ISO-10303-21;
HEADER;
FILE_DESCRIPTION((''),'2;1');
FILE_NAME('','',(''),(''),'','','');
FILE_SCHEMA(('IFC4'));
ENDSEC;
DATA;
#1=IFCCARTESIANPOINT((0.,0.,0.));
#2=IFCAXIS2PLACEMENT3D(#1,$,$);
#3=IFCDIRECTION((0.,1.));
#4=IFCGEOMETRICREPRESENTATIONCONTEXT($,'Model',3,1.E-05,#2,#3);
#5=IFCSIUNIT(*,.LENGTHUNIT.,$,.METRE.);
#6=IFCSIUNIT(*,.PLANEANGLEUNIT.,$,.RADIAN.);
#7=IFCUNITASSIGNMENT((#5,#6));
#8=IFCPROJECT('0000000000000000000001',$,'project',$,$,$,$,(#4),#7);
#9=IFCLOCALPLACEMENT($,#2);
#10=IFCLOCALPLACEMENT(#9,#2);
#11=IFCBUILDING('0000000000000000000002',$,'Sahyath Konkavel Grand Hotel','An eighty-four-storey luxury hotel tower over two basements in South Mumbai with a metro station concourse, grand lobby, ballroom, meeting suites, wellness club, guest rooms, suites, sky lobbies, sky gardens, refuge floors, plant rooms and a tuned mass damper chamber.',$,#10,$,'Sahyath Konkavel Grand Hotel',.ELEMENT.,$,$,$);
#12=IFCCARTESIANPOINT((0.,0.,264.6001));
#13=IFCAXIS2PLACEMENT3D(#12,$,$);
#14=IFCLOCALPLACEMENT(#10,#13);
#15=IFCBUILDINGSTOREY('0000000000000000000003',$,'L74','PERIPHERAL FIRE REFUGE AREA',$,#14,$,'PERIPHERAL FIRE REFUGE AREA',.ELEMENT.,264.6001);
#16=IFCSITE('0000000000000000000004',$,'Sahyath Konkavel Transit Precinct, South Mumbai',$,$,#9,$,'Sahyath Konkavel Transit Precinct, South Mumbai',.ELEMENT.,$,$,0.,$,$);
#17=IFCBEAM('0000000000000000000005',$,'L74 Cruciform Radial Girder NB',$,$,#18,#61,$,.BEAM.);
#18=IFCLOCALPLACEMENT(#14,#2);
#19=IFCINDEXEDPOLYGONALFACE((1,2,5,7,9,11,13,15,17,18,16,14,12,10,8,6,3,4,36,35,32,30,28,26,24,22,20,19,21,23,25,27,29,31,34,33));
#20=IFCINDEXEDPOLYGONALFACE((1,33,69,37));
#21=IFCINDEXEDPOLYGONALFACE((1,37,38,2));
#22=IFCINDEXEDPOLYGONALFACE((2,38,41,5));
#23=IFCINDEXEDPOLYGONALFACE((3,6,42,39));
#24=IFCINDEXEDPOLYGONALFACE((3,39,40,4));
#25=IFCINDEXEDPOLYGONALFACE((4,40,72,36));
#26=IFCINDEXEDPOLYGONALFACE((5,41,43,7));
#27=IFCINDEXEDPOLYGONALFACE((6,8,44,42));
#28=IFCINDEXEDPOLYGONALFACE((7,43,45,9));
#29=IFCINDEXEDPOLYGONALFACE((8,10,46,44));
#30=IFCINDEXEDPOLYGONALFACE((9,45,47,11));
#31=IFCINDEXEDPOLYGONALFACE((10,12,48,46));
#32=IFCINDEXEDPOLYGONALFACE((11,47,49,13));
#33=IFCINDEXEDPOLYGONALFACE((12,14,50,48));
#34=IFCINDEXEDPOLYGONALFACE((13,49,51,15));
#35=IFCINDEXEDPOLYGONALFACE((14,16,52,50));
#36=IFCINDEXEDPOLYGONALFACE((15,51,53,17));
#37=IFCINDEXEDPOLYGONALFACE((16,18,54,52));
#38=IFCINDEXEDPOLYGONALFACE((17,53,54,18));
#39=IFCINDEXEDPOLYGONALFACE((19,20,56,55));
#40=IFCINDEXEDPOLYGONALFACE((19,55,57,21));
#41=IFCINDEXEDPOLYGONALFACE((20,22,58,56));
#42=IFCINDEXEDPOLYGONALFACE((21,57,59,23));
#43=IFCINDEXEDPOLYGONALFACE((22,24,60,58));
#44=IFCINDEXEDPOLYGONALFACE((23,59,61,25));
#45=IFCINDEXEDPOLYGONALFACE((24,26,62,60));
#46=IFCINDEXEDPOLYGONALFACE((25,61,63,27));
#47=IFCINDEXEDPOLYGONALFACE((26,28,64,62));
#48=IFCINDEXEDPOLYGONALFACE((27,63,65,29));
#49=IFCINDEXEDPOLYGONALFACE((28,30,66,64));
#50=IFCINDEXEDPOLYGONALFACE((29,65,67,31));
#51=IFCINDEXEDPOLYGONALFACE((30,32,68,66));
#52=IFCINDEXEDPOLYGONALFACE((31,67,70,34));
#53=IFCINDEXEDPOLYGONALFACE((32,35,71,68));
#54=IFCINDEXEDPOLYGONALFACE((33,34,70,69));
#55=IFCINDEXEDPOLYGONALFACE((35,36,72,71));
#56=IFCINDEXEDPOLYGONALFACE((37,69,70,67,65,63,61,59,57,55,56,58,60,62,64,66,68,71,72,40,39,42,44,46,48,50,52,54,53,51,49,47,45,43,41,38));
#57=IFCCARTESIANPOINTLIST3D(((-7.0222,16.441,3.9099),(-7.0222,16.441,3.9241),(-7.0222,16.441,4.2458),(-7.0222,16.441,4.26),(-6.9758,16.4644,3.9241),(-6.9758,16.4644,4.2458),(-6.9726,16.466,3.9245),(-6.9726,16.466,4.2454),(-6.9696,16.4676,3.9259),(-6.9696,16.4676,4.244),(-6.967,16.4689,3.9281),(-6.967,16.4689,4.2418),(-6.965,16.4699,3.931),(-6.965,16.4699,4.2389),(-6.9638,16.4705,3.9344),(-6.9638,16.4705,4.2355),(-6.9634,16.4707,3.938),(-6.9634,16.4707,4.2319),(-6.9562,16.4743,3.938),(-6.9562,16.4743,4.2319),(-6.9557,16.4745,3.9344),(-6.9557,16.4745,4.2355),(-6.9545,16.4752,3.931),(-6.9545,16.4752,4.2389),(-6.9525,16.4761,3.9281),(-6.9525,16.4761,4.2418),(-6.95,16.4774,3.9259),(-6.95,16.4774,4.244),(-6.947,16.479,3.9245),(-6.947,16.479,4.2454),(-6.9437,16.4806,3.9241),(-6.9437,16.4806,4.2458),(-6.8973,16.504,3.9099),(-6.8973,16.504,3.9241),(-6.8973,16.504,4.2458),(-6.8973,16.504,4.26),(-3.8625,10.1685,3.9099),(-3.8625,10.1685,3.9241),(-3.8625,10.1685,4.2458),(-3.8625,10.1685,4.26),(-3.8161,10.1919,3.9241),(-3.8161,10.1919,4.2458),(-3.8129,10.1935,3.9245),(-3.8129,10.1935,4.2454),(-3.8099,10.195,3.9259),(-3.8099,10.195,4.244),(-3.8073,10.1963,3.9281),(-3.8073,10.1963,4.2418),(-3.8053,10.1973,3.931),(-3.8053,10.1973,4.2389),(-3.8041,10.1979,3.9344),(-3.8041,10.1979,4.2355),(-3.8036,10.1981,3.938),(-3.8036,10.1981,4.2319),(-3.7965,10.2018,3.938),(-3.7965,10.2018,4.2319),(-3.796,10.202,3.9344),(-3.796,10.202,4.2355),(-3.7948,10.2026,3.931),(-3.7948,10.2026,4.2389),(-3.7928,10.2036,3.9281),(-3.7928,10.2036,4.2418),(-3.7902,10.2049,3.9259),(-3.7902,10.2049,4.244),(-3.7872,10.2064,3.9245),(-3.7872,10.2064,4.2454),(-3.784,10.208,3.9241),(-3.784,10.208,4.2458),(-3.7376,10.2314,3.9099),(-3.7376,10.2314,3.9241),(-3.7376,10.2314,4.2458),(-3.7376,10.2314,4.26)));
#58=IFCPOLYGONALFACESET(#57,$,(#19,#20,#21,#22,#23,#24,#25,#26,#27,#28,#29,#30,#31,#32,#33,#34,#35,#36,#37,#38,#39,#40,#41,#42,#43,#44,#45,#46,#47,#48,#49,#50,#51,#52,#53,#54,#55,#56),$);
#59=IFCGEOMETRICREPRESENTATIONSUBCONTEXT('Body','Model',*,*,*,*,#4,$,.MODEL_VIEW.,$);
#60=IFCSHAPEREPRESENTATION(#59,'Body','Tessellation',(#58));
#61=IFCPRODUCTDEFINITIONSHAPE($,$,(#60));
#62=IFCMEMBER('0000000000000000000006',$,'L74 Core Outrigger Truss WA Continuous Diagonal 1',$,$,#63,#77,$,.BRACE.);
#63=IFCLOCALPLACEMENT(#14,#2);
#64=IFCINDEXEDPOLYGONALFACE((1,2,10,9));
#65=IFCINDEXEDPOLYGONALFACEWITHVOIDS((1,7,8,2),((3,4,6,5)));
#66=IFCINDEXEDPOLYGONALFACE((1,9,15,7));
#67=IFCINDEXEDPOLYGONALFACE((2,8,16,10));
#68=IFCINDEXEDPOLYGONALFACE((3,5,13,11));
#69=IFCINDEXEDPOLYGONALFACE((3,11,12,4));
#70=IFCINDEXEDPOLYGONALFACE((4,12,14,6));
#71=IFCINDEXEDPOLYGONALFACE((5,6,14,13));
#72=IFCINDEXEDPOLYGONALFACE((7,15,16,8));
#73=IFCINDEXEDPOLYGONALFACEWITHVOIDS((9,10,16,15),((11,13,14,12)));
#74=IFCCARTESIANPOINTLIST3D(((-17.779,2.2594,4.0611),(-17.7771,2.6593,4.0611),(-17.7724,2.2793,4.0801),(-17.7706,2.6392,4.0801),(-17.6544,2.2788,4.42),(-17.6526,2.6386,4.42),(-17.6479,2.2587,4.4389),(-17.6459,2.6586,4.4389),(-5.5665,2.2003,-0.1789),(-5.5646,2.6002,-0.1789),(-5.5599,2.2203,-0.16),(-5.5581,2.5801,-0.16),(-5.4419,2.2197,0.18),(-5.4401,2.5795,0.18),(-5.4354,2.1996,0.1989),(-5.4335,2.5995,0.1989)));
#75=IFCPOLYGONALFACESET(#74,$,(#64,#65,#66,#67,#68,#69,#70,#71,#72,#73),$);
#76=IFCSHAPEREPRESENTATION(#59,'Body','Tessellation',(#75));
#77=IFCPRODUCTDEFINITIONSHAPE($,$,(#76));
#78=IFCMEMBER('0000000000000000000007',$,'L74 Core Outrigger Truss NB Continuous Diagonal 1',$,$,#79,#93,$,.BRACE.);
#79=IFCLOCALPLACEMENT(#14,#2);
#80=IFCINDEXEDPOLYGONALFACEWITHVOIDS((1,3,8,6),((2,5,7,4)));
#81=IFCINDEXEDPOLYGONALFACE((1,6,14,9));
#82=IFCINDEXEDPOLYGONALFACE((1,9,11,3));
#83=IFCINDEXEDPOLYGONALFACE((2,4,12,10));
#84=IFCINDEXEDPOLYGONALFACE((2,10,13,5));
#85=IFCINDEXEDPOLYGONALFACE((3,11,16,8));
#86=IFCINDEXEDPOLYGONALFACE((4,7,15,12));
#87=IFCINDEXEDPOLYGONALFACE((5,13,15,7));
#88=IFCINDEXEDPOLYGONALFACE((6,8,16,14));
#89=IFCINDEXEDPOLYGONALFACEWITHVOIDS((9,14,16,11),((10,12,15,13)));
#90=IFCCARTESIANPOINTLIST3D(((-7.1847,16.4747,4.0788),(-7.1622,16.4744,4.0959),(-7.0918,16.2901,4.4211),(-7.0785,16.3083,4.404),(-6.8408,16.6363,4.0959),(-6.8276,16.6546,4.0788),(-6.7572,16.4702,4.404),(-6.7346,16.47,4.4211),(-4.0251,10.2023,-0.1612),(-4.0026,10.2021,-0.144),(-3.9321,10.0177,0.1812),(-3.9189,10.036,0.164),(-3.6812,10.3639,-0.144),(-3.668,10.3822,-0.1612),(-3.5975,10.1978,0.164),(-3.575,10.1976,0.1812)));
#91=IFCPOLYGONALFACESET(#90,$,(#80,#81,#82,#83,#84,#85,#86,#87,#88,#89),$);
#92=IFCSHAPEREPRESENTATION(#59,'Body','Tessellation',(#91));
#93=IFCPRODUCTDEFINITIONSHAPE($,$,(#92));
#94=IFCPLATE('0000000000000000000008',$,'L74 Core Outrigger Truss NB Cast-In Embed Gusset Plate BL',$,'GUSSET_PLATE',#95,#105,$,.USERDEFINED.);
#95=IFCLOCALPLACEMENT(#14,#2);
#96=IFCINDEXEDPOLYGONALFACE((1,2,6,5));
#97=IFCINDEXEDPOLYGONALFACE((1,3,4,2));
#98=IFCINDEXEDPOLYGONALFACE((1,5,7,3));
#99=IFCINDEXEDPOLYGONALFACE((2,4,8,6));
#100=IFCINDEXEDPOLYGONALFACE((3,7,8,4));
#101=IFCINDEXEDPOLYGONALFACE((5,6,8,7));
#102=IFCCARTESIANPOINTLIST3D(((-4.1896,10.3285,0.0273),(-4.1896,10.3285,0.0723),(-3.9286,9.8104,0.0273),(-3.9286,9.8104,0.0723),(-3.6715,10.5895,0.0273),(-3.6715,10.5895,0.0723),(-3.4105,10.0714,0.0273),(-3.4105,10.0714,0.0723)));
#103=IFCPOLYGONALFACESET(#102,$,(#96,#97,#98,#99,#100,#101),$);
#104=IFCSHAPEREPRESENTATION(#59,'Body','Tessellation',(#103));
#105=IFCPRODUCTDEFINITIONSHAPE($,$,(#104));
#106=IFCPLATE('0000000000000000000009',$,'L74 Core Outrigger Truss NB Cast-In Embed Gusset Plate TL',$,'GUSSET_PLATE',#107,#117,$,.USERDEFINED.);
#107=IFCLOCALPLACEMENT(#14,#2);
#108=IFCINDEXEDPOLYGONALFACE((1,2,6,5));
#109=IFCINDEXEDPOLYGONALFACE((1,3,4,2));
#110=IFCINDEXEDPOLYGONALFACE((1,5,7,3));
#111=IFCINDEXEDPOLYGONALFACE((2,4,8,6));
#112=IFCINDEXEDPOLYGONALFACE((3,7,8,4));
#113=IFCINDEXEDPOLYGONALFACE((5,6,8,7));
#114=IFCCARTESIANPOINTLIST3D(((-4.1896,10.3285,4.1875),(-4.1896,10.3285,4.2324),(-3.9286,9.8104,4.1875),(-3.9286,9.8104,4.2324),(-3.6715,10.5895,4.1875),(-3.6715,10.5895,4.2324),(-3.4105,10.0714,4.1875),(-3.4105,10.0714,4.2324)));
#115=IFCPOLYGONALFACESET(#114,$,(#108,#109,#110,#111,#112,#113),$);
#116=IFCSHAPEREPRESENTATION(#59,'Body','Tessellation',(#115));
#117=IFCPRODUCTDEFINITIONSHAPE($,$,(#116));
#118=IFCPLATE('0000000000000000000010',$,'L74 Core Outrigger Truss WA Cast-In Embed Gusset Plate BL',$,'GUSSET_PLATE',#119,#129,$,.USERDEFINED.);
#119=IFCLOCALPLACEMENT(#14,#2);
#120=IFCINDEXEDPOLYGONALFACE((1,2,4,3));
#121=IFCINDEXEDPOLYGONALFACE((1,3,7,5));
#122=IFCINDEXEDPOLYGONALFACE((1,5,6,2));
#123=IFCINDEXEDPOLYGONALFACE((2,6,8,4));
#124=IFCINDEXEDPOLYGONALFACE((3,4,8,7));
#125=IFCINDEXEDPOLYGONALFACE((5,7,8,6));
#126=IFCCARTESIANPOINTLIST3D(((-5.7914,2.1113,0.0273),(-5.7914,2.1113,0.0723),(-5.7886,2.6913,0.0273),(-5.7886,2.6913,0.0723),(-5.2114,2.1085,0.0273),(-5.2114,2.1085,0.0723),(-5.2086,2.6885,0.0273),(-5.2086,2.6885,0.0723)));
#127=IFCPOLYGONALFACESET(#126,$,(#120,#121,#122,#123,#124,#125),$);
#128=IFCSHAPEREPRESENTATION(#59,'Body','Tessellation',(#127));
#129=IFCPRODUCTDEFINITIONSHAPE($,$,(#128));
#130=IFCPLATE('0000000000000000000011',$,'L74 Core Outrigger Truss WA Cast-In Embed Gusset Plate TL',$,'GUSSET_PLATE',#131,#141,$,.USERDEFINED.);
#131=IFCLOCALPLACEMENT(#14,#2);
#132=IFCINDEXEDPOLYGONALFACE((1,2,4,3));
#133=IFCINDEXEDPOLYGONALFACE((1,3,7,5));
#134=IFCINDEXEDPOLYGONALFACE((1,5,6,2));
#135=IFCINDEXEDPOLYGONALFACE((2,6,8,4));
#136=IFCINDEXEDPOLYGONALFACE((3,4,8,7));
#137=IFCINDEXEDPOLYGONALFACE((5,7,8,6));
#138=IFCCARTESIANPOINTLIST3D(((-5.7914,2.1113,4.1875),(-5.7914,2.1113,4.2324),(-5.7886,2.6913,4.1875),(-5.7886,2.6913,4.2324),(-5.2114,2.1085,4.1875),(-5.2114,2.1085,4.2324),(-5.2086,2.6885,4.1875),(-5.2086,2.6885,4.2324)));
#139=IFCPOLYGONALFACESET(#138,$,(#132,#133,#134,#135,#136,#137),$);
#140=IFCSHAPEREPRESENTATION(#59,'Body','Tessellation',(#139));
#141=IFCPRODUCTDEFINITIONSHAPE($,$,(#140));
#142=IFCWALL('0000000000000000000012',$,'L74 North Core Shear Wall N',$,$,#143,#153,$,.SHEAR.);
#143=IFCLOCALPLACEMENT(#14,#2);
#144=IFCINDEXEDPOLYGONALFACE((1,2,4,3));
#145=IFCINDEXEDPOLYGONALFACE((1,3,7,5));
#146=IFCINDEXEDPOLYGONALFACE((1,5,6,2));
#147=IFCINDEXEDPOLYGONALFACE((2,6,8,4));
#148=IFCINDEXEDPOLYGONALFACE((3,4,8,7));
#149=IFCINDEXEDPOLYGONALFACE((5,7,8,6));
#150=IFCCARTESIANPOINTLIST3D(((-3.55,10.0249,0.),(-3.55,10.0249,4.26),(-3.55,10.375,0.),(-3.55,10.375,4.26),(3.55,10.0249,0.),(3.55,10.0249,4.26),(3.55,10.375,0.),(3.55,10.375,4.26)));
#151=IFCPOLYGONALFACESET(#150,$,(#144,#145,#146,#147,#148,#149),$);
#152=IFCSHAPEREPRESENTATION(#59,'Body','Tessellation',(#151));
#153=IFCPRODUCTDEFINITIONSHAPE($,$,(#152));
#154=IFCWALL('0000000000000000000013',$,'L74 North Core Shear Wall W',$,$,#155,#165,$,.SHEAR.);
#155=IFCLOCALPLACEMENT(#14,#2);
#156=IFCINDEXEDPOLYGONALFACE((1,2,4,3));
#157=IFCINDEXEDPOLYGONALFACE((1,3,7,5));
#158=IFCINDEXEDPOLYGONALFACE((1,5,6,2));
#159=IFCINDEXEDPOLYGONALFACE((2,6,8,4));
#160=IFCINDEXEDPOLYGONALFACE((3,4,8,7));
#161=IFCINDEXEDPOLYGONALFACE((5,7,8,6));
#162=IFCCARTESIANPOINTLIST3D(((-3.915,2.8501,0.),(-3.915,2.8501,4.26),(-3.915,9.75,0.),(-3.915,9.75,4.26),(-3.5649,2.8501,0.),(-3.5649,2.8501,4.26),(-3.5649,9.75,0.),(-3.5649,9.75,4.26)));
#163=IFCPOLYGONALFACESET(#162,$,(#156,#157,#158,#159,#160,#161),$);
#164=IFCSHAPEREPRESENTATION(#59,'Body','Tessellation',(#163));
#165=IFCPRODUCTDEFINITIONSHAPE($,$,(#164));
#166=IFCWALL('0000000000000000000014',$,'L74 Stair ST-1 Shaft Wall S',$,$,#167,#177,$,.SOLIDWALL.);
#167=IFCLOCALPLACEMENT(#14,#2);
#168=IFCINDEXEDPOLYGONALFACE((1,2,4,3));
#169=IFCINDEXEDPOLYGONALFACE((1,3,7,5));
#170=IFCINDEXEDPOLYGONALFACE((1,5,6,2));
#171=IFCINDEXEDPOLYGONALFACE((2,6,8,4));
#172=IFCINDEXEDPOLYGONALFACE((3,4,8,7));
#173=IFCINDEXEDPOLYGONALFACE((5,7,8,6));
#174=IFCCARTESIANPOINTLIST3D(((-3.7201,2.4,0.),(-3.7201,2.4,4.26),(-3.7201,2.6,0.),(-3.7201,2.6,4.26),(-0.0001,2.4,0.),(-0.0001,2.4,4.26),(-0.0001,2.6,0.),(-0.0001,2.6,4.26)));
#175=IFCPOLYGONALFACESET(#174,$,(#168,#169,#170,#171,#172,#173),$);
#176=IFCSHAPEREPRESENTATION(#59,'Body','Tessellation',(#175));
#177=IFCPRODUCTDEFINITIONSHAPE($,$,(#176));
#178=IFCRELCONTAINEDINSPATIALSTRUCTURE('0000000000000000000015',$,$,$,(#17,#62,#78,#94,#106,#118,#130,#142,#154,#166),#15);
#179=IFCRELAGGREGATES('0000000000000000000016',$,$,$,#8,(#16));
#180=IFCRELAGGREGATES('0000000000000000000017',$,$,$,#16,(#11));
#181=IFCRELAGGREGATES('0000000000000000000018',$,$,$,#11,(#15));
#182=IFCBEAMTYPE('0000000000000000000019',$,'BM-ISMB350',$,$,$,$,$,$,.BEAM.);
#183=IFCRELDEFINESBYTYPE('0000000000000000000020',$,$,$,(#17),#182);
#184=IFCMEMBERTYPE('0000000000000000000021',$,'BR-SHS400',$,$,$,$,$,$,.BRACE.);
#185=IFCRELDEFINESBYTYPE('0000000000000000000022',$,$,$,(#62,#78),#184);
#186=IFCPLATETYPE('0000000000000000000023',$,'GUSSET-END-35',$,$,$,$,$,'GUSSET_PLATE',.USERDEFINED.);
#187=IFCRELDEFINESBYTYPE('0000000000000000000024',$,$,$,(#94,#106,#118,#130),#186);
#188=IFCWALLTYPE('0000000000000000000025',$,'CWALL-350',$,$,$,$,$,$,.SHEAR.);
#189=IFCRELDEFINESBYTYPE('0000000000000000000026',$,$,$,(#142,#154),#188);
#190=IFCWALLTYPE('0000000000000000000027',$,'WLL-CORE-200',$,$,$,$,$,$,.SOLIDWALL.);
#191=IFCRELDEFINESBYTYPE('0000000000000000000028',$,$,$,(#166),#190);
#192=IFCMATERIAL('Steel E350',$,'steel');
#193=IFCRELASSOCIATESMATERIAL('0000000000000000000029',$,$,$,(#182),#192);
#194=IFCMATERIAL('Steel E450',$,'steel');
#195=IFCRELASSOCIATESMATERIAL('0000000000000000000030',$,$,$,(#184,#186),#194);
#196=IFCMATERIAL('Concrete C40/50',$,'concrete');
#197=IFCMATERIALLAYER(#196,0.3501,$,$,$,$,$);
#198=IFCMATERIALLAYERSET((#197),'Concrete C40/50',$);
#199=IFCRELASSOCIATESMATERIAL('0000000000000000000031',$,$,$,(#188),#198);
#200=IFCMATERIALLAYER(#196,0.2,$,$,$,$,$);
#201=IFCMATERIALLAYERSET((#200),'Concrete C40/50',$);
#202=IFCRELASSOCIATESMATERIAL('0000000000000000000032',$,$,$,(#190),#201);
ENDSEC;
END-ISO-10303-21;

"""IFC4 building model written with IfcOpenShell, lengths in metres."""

from ifc_helpers import new_model, si_unit, direction, frame, frame_2d, origin, origin_2d, place, context, subcontext, project, spatial, rectangle, hollow_rectangle, i_section, extrude, source, transform, mapped, material, layer, layer_set, material_profile, profile_set, type_object, element, save


model = new_model("IFC4")

# Units and contexts
model_context = context("Model", 3, precision=1e-05, world=origin(), true_north=direction((0.0, 1.0)))
body_context = subcontext(model_context, "Body", "Model", "MODEL_VIEW")
ifc_project = project(units=[si_unit("LENGTHUNIT", "METRE"), si_unit("PLANEANGLEUNIT", "RADIAN")], contexts=[model_context])

# Site, building, storey
site_placement = place(None, origin())
site = spatial("IfcSite", under=ifc_project, at=site_placement, Name="Sahyath Konkavel Transit Precinct, South Mumbai", LongName="Sahyath Konkavel Transit Precinct, South Mumbai", CompositionType="ELEMENT", RefElevation=0.0)
building_placement = place(site_placement, origin())
building = spatial("IfcBuilding", under=site, at=building_placement, Name="Sahyath Konkavel Grand Hotel", Description="An eighty-four-storey luxury hotel tower over two basements in South Mumbai with a metro station concourse, grand lobby, ballroom, meeting suites, wellness club, guest rooms, suites, sky lobbies, sky gardens, refuge floors, plant rooms and a tuned mass damper chamber.", LongName="Sahyath Konkavel Grand Hotel", CompositionType="ELEMENT")
storey_placement = place(building_placement, frame((0.0, 0.0, 264.6001)))
storey = spatial("IfcBuildingStorey", under=building, at=storey_placement, Name="L74", Description="PERIPHERAL FIRE REFUGE AREA", LongName="PERIPHERAL FIRE REFUGE AREA", CompositionType="ELEMENT", Elevation=264.6001)

# Beam
ifc_material_1 = material(Name="Steel E350", Category="steel")
ifc_material_profile_1 = material_profile(ifc_material_1, i_section(OverallWidth=0.1399, OverallDepth=0.3501, WebThickness=0.0081, FlangeThickness=0.0142, FilletRadius=0.0139, at=origin_2d()), Name="ISMB 350")
ifc_profile_set_1 = profile_set([ifc_material_profile_1], Name="Steel E350")
beam_type_1 = type_object("IfcBeamType", Name="BM-ISMB350", PredefinedType="BEAM", material=ifc_profile_set_1)
shared_shape_1 = source(origin(), body_context, "Body", "SweptSolid", [
    extrude(i_section(OverallWidth=0.1399, OverallDepth=0.3501, WebThickness=0.0081, FlangeThickness=0.0142, FilletRadius=0.0139, at=origin_2d()), origin(), (0.0, 0.0, 1.0), 7.0234),
])
beam_1_placement = place(storey_placement, frame((-3.8, 10.2, 4.085), z_axis=(-0.449881, 0.893088, 0.0), x_axis=(-0.893088, -0.449881, 0.0)))
element("IfcBeam", 1, at=beam_1_placement, inside=storey, type_object=beam_type_1, Name="L74 Cruciform Radial Girder NB", PredefinedType="BEAM", context=body_context, shape_type="MappedRepresentation", body=[
    mapped(shared_shape_1, transform((0.0, 0.0, 0.0), scale=1.0)),
])

# Members
ifc_material_2 = material(Name="Steel E450", Category="steel")
ifc_material_profile_2 = material_profile(ifc_material_2, hollow_rectangle(XDim=0.3999, YDim=0.3999, WallThickness=0.02, at=origin_2d()), Name="SHS 400x400x20")
ifc_profile_set_2 = profile_set([ifc_material_profile_2], Name="Steel E450")
member_type = type_object("IfcMemberType", Name="BR-SHS400", PredefinedType="BRACE", material=ifc_profile_set_2)
shared_shape_2 = source(origin(), body_context, "Body", "SweptSolid", [
    extrude(hollow_rectangle(XDim=0.3999, YDim=0.3999, WallThickness=0.02, at=origin_2d()), origin(), (0.0, 0.0, 1.0), 12.9277),
])
member_1_placement = place(storey_placement, frame((-5.5, 2.3999, 0.01), z_axis=(-0.944674, 0.00457, 0.327979), x_axis=(-0.004838, -0.999988, 0.0)))
element("IfcMember", 2, at=member_1_placement, inside=storey, type_object=member_type, Name="L74 Core Outrigger Truss WA Continuous Diagonal 1", PredefinedType="BRACE", context=body_context, shape_type="MappedRepresentation", body=[
    mapped(shared_shape_2, transform((0.0, 0.0, 0.0), scale=1.0)),
])
shared_shape_3 = source(origin(), body_context, "Body", "SweptSolid", [
    extrude(hollow_rectangle(XDim=0.3999, YDim=0.3999, WallThickness=0.02, at=origin_2d()), origin(), (0.0, 0.0, 1.0), 8.2039),
])
member_2_placement = place(storey_placement, frame((-3.8, 10.2, 0.01), z_axis=(-0.38514, 0.764566, 0.516823), x_axis=(-0.893088, -0.449881, 0.0)))
element("IfcMember", 3, at=member_2_placement, inside=storey, type_object=member_type, Name="L74 Core Outrigger Truss NB Continuous Diagonal 1", PredefinedType="BRACE", context=body_context, shape_type="MappedRepresentation", body=[
    mapped(shared_shape_3, transform((0.0, 0.0, 0.0), scale=1.0)),
])

# Plates
plate_type = type_object("IfcPlateType", Name="GUSSET-END-35", ElementType="GUSSET_PLATE", PredefinedType="USERDEFINED", material=ifc_material_2)
shared_shape_4 = source(origin(), body_context, "Body", "SweptSolid", [
    extrude(rectangle(XDim=0.5801, YDim=0.5801, at=origin_2d()), origin(), (0.0, 0.0, 1.0), 0.0449),
])
for number, where, z_axis, x_axis, name in (
    (4, (-3.8, 10.2, 0.0273), (0.0, 0.0, 1.0), (-0.449865, 0.893097, 0.0), "L74 Core Outrigger Truss NB Cast-In Embed Gusset Plate BL"),
    (5, (-3.8, 10.2, 4.1875), (0.0, 0.0, 1.0), (-0.449865, 0.893097, 0.0), "L74 Core Outrigger Truss NB Cast-In Embed Gusset Plate TL"),
    (6, (-5.5, 2.3999, 0.0273), (0.0, 0.0, 1.0), (-0.999988, 0.004835, 0.0), "L74 Core Outrigger Truss WA Cast-In Embed Gusset Plate BL"),
    (7, (-5.5, 2.3999, 4.1875), (0.0, 0.0, 1.0), (-0.999988, 0.004835, 0.0), "L74 Core Outrigger Truss WA Cast-In Embed Gusset Plate TL"),
):
    element("IfcPlate", number, at=place(storey_placement, frame(where, z_axis=z_axis, x_axis=x_axis)), inside=storey, type_object=plate_type, Name=name, ObjectType="GUSSET_PLATE", PredefinedType="USERDEFINED", context=body_context, shape_type="MappedRepresentation", body=[
        mapped(shared_shape_4, transform((0.0, 0.0, 0.0), scale=1.0)),
    ])

# Walls
ifc_material_3 = material(Name="Concrete C40/50", Category="concrete")
ifc_layer_1 = layer(ifc_material_3, 0.3501)
ifc_layer_set_1 = layer_set([ifc_layer_1], Name="Concrete C40/50")
wall_type_1 = type_object("IfcWallType", Name="CWALL-350", PredefinedType="SHEAR", material=ifc_layer_set_1)
wall_1_placement = place(storey_placement, frame((-3.55, 10.2, 0.0), z_axis=(0.0, 0.0, 1.0), x_axis=(1.0, 0.0, 0.0)))
element("IfcWall", 8, at=wall_1_placement, inside=storey, type_object=wall_type_1, Name="L74 North Core Shear Wall N", PredefinedType="SHEAR", context=body_context, shape_type="SweptSolid", body=[
    extrude(rectangle(XDim=7.1001, YDim=0.3501, at=frame_2d((3.55, 0.0))), origin(), (0.0, 0.0, 1.0), 4.26),
])
wall_2_placement = place(storey_placement, frame((-3.74, 2.8501, 0.0), z_axis=(0.0, 0.0, 1.0), x_axis=(0.0, 1.0, 0.0)))
element("IfcWall", 9, at=wall_2_placement, inside=storey, type_object=wall_type_1, Name="L74 North Core Shear Wall W", PredefinedType="SHEAR", context=body_context, shape_type="SweptSolid", body=[
    extrude(rectangle(XDim=6.8999, YDim=0.3501, at=frame_2d((3.45, 0.0))), origin(), (0.0, 0.0, 1.0), 4.26),
])
ifc_layer_2 = layer(ifc_material_3, 0.2)
ifc_layer_set_2 = layer_set([ifc_layer_2], Name="Concrete C40/50")
wall_type_2 = type_object("IfcWallType", Name="WLL-CORE-200", PredefinedType="SOLIDWALL", material=ifc_layer_set_2)
wall_3_placement = place(storey_placement, frame((-3.72, 2.5, 0.0), z_axis=(0.0, 0.0, 1.0), x_axis=(1.0, 0.0, 0.0)))
element("IfcWall", 10, at=wall_3_placement, inside=storey, type_object=wall_type_2, Name="L74 Stair ST-1 Shaft Wall S", PredefinedType="SOLIDWALL", context=body_context, shape_type="SweptSolid", body=[
    extrude(rectangle(XDim=3.72, YDim=0.2, at=frame_2d((1.8599, 0.0))), origin(), (0.0, 0.0, 1.0), 4.26),
])

save(model, "model.ifc")
